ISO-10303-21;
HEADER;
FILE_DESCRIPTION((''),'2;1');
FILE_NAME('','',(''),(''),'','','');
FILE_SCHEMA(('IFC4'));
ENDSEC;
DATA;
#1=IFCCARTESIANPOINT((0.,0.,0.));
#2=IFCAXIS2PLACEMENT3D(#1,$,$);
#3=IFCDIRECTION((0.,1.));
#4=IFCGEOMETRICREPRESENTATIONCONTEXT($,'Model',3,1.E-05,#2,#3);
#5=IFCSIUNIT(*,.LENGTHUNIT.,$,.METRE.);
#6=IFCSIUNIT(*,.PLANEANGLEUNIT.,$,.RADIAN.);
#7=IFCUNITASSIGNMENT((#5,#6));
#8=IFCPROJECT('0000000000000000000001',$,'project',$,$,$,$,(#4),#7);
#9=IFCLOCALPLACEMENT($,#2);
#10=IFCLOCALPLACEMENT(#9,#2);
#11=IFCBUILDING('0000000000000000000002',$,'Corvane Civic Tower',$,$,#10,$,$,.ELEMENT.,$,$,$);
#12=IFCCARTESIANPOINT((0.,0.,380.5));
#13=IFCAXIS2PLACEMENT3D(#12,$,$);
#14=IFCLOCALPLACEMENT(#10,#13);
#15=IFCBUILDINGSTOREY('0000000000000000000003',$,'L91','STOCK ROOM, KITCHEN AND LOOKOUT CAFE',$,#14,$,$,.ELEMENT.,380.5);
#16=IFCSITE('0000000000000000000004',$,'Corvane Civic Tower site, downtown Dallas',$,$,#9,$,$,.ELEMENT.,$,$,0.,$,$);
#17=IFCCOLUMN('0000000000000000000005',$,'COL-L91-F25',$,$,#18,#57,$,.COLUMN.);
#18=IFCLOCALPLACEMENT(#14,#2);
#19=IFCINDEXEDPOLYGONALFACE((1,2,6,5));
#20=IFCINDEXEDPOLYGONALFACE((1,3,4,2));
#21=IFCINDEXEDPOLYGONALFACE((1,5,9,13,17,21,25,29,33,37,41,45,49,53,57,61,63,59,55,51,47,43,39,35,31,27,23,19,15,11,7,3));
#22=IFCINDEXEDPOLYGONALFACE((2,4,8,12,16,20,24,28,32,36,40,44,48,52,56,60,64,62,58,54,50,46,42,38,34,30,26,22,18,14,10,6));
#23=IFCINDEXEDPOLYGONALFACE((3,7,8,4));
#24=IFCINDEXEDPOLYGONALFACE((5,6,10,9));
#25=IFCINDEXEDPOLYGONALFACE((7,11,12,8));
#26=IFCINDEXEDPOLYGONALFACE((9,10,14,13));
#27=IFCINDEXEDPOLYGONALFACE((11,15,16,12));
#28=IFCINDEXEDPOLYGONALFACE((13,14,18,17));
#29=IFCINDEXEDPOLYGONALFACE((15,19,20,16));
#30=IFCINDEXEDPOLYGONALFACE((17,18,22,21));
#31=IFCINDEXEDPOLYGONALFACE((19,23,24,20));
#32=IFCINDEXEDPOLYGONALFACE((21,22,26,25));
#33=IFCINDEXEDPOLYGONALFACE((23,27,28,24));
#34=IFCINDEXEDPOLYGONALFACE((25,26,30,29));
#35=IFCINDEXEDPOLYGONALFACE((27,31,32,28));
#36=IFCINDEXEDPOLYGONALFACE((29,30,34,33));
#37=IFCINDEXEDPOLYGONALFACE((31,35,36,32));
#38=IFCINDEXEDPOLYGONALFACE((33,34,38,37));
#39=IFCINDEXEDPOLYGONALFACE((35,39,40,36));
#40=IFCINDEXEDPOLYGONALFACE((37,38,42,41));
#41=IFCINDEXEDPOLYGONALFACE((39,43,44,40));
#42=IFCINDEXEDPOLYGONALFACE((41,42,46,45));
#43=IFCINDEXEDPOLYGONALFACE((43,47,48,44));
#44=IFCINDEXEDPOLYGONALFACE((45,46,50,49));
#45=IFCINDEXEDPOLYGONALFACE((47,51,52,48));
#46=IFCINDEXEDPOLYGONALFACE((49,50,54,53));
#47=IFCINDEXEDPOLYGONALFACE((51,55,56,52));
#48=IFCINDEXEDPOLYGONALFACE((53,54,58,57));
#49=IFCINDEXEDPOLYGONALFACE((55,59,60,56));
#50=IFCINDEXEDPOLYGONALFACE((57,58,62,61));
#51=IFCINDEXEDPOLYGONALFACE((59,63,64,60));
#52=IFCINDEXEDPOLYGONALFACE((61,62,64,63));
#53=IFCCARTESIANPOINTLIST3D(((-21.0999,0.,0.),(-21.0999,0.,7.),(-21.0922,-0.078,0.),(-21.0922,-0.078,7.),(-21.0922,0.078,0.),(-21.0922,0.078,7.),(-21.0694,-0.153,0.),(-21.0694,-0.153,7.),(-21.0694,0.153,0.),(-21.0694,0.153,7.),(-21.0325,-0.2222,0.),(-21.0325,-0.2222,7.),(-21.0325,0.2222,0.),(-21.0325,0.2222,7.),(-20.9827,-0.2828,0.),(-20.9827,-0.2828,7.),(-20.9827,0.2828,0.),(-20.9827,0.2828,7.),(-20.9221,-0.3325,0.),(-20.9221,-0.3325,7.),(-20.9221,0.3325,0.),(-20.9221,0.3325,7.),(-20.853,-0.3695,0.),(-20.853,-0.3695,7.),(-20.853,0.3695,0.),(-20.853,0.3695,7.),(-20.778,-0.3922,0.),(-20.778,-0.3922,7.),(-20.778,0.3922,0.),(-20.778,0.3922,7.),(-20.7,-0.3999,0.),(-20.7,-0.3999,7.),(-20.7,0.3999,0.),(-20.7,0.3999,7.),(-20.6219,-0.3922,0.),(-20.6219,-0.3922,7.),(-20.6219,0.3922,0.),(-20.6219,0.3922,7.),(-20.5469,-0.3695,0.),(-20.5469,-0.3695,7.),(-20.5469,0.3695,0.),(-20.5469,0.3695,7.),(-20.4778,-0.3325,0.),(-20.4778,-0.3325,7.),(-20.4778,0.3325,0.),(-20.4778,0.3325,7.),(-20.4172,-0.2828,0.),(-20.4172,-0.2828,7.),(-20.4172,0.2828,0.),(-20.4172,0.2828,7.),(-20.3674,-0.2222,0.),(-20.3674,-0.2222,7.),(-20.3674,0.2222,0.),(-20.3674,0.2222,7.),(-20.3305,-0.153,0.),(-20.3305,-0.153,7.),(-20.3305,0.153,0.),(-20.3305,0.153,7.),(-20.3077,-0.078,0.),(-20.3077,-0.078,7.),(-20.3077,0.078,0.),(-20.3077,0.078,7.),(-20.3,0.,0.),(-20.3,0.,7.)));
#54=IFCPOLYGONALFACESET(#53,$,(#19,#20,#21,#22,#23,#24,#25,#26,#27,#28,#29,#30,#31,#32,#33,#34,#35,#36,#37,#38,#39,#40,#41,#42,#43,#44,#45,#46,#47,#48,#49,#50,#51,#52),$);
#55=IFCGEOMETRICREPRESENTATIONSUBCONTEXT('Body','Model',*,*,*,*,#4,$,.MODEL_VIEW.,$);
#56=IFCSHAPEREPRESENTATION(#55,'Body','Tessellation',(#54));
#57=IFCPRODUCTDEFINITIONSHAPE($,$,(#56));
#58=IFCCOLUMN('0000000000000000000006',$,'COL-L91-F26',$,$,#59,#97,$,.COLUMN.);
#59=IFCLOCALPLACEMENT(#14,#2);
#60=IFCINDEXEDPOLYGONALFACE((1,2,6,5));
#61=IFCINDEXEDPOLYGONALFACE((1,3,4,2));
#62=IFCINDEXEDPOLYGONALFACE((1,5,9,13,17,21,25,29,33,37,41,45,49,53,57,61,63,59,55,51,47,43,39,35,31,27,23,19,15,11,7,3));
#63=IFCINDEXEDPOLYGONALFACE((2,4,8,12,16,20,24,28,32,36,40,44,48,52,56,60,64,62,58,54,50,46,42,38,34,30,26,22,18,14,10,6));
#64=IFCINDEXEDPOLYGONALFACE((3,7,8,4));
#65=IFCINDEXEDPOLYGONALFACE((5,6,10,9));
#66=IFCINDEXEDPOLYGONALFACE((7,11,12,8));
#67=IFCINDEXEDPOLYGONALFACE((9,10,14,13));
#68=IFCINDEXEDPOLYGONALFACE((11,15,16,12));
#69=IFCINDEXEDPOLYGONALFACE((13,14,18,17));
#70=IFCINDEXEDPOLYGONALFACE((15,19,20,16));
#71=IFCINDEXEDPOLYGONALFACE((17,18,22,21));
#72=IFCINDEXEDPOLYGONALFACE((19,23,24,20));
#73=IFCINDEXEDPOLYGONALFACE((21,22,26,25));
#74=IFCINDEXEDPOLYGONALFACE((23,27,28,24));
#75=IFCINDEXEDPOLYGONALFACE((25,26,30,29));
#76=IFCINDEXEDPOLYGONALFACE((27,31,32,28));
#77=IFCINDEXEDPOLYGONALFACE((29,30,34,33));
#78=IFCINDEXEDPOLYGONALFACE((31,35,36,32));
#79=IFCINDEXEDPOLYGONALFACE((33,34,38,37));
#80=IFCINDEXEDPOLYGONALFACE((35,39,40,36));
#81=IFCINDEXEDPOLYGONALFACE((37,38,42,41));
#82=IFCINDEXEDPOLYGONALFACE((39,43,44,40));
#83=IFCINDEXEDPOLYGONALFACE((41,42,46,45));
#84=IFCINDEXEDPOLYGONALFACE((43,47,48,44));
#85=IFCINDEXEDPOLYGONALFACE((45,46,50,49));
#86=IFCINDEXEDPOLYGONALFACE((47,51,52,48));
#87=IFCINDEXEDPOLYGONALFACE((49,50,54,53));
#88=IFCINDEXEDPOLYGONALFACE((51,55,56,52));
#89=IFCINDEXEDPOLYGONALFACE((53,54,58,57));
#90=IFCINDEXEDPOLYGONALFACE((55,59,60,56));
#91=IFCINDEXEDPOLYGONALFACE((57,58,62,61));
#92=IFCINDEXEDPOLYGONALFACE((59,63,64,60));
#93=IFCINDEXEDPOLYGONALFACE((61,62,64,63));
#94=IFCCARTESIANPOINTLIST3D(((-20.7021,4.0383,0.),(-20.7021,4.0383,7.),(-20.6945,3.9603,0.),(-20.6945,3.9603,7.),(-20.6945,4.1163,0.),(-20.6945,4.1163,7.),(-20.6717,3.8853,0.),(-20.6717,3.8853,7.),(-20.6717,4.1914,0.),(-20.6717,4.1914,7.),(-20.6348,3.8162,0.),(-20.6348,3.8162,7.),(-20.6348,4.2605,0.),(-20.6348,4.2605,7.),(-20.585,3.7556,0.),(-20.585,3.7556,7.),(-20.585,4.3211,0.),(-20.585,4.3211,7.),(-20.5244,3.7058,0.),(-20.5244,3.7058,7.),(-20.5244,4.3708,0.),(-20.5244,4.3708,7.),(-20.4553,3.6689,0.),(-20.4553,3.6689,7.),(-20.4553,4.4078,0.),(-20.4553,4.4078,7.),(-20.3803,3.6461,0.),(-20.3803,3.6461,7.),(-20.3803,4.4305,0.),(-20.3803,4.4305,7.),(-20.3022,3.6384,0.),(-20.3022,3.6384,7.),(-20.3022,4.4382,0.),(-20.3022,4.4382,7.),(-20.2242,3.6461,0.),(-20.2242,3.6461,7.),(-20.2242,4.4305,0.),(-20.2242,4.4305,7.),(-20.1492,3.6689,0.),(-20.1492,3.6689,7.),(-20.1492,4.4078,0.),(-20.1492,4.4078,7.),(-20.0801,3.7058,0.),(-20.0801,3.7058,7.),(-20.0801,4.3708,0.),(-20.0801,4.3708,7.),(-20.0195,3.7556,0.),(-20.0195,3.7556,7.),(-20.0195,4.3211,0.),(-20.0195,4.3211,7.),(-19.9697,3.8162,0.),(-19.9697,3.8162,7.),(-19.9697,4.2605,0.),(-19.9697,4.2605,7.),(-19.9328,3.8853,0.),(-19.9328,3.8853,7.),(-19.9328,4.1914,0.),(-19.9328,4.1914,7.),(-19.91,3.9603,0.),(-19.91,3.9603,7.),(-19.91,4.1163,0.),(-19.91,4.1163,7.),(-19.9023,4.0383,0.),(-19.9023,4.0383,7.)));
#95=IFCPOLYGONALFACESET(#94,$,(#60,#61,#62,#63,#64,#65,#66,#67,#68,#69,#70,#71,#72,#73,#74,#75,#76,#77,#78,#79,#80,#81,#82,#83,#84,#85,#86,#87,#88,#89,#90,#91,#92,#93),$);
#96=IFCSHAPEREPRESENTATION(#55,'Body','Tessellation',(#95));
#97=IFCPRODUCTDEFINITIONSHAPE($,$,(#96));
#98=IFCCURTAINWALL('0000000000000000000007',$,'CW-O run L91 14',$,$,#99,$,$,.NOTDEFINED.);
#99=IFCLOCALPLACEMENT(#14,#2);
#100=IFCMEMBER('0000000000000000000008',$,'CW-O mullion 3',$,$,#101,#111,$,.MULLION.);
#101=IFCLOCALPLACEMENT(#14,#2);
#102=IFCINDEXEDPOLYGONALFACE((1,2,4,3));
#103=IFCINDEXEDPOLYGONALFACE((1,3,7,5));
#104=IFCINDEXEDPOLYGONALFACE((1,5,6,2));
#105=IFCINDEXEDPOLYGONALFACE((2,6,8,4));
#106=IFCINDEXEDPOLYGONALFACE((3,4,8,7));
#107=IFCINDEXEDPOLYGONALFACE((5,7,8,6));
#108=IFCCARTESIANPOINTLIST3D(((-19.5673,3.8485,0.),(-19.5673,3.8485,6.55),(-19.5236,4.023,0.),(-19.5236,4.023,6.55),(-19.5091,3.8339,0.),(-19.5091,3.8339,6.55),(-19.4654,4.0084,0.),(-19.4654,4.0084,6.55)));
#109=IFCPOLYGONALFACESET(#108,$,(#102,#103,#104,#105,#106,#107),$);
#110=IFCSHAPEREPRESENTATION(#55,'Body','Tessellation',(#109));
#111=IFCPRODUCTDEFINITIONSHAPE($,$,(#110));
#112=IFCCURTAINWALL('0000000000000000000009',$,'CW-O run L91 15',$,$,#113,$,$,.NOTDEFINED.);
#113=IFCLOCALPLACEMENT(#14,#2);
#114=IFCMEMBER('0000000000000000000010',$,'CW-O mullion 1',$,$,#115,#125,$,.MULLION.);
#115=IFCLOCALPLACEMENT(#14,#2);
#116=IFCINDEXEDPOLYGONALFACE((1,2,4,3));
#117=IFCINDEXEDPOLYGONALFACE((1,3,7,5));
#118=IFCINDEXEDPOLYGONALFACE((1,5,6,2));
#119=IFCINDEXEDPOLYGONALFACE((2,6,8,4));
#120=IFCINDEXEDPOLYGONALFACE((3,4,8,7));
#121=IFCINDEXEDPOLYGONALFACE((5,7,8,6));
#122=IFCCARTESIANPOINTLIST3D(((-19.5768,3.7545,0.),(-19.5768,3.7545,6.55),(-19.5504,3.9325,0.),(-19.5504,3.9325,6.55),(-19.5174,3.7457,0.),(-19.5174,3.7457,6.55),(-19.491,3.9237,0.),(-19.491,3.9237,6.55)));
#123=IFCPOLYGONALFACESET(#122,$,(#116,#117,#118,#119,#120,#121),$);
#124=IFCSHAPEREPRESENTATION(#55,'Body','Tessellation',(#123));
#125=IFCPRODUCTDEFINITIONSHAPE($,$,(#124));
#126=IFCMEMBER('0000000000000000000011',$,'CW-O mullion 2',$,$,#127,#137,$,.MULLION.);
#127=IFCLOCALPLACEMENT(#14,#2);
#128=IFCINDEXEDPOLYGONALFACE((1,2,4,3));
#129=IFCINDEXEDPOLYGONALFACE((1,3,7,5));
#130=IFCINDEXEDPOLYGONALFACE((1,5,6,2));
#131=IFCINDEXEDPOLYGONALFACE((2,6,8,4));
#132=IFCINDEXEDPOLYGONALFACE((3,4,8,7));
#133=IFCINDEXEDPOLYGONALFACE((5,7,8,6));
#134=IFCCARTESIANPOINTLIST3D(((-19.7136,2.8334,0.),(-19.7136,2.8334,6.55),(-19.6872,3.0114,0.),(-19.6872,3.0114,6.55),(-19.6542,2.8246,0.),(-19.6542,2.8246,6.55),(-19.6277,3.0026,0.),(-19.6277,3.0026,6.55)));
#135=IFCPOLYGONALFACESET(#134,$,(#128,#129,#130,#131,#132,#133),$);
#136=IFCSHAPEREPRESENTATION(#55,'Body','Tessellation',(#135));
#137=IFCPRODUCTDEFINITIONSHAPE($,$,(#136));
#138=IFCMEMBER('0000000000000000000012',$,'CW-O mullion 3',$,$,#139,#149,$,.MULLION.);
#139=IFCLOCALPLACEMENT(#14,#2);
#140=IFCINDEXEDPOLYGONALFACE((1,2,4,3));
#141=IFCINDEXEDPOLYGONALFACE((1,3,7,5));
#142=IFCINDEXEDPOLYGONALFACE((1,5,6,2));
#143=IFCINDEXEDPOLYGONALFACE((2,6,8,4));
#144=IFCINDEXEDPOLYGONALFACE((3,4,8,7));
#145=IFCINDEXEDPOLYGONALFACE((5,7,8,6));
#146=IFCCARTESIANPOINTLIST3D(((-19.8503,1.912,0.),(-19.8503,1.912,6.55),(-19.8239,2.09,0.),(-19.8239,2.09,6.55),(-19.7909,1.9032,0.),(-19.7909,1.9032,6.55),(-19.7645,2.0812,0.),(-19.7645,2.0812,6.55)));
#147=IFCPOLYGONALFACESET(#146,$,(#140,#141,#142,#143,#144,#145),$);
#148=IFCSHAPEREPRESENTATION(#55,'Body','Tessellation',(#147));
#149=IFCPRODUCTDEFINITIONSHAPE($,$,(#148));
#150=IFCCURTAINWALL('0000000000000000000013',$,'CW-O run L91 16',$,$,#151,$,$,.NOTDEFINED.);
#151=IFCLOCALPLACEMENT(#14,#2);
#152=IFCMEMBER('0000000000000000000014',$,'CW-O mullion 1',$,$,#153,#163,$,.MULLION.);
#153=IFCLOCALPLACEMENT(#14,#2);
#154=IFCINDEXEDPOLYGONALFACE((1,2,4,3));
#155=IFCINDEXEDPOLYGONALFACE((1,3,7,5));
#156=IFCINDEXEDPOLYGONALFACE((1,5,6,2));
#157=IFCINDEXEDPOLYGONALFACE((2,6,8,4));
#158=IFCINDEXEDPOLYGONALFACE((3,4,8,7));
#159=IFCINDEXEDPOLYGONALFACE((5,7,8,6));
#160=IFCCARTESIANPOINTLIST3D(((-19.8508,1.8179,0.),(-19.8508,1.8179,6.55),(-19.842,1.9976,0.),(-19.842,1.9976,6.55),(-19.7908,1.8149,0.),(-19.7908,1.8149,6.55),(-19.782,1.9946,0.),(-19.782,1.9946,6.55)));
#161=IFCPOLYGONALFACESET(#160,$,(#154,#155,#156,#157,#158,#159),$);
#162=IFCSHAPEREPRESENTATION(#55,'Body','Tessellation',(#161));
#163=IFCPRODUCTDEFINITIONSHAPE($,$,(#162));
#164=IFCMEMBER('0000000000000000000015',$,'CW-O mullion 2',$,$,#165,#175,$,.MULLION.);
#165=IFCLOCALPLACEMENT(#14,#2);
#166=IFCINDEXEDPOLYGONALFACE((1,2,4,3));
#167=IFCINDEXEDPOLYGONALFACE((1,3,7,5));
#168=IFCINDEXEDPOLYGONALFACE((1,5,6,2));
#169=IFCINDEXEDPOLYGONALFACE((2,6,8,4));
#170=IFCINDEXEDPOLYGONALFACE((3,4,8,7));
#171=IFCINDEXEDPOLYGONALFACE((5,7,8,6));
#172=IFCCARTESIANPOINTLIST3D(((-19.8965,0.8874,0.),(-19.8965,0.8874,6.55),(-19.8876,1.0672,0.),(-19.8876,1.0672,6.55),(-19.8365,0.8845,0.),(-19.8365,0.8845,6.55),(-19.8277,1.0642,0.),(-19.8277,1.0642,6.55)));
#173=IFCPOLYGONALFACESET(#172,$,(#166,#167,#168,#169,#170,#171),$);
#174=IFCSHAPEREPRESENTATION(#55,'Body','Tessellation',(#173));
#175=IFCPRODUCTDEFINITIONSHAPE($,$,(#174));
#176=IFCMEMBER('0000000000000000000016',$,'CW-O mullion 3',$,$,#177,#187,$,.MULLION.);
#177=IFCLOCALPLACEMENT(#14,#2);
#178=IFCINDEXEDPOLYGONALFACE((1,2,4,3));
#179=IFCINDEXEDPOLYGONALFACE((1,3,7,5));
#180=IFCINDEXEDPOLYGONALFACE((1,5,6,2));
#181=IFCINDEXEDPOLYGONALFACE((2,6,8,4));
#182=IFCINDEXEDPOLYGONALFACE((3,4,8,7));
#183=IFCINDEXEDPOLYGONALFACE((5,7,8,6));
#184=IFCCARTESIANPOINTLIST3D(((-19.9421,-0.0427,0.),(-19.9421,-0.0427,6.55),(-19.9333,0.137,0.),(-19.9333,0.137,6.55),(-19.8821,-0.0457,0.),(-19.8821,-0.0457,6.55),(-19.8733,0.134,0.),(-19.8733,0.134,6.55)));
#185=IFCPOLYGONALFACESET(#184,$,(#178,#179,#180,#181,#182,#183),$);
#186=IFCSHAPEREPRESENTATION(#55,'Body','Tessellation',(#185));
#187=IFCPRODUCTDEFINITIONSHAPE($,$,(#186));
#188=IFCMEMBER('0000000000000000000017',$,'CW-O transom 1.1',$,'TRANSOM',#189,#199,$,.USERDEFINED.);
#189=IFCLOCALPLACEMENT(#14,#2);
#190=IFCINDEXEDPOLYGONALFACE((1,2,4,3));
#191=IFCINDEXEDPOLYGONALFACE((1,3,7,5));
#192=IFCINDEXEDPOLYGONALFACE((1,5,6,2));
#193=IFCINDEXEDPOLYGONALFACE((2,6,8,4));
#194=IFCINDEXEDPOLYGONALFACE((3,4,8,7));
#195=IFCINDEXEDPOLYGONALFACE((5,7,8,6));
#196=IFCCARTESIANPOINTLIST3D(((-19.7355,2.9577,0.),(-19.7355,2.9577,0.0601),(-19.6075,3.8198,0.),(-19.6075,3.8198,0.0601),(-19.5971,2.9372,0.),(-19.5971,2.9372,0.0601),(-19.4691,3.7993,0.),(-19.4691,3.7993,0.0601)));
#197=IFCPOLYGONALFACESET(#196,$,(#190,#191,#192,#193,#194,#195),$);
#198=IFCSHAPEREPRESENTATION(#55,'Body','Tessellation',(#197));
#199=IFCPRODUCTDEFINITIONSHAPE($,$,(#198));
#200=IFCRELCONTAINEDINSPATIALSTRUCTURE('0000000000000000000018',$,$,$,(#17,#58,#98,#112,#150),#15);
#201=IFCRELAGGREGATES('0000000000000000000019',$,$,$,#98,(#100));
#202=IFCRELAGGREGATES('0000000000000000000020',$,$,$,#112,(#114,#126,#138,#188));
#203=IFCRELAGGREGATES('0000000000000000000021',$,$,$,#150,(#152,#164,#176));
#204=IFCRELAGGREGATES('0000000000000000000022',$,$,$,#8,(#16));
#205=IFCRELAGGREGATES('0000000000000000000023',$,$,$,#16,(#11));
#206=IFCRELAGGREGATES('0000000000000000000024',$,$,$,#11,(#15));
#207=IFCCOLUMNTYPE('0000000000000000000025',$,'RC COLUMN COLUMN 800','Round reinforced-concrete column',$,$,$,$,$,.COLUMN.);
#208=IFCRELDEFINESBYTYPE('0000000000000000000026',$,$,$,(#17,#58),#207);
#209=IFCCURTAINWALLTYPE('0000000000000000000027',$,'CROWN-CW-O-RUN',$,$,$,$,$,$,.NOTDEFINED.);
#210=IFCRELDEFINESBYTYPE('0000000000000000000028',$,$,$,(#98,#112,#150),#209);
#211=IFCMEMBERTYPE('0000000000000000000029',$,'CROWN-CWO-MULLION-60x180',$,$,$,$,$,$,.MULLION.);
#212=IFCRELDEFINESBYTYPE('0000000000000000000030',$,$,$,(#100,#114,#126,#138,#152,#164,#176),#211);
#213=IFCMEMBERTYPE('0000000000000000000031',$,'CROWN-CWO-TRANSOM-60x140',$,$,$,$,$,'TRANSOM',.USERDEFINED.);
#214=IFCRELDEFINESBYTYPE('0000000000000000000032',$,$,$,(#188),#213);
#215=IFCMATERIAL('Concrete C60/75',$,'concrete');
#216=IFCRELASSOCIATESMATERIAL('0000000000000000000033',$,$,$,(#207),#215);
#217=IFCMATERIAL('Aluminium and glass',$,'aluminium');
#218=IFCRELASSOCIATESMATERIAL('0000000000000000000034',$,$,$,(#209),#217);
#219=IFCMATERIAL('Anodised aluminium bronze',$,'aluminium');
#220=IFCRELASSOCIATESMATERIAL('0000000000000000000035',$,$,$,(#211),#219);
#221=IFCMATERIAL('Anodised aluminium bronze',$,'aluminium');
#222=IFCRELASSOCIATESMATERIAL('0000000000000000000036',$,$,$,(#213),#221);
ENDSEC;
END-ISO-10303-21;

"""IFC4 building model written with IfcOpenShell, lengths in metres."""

from ifc_helpers import new_model, si_unit, direction, frame, origin, origin_2d, place, context, subcontext, project, spatial, rectangle, circle, extrude, material, material_profile, profile_set, type_object, element, aggregate, save


model = new_model("IFC4")

# Units and contexts
model_context = context("Model", 3, precision=1e-05, world=origin(), true_north=direction((0.0, 1.0)))
body_context = subcontext(model_context, "Body", "Model", "MODEL_VIEW")
ifc_project = project(units=[si_unit("LENGTHUNIT", "METRE"), si_unit("PLANEANGLEUNIT", "RADIAN")], contexts=[model_context])

# Site, building, storey
site_placement = place(None, origin())
site = spatial("IfcSite", under=ifc_project, at=site_placement, Name="Corvane Civic Tower site, downtown Dallas", CompositionType="ELEMENT", RefElevation=0.0)
building_placement = place(site_placement, origin())
building = spatial("IfcBuilding", under=site, at=building_placement, Name="Corvane Civic Tower", CompositionType="ELEMENT")
storey_placement = place(building_placement, frame((0.0, 0.0, 380.5)))
storey = spatial("IfcBuildingStorey", under=building, at=storey_placement, Name="L91", Description="STOCK ROOM, KITCHEN AND LOOKOUT CAFE", CompositionType="ELEMENT", Elevation=380.5)

# Columns
ifc_material_1 = material(Name="Concrete C60/75", Category="concrete")
ifc_material_profile_1 = material_profile(ifc_material_1, circle(Radius=0.3999, at=origin_2d()), Name="COLUMN 800")
ifc_profile_set_1 = profile_set([ifc_material_profile_1], Name="Concrete C60/75")
column_type = type_object("IfcColumnType", Name="RC COLUMN COLUMN 800", Description="Round reinforced-concrete column", PredefinedType="COLUMN", material=ifc_profile_set_1)
for number, where, z_axis, x_axis, name in (
    (1, (-20.7, 0.0, 0.0), (0.0, 0.0, 1.0), (1.0, 0.0, 0.0), "COL-L91-F25"),
    (2, (-20.3022, 4.0383, 0.0), (0.0, 0.0, 1.0), (1.0, 0.0, 0.0), "COL-L91-F26"),
):
    element("IfcColumn", number, at=place(storey_placement, frame(where, z_axis=z_axis, x_axis=x_axis)), inside=storey, type_object=column_type, Name=name, PredefinedType="COLUMN", context=body_context, shape_type="SweptSolid", body=[
        extrude(circle(Radius=0.3999, at=origin_2d()), origin(), (0.0, 0.0, 1.0), 7.0),
    ])

# Curtain wall, member
ifc_material_2 = material(Name="Aluminium and glass", Category="aluminium")
curtain_wall_type = type_object("IfcCurtainWallType", Name="CROWN-CW-O-RUN", PredefinedType="NOTDEFINED", material=ifc_material_2)
curtain_wall_1_placement = place(storey_placement, origin())
curtain_wall_1 = element("IfcCurtainWall", 3, at=curtain_wall_1_placement, inside=storey, type_object=curtain_wall_type, Name="CW-O run L91 14", PredefinedType="NOTDEFINED")
ifc_material_3 = material(Name="Anodised aluminium bronze", Category="aluminium")
ifc_material_profile_2 = material_profile(ifc_material_3, rectangle(XDim=0.0601, YDim=0.1799, at=origin_2d()), Name="AL 60x180")
ifc_profile_set_2 = profile_set([ifc_material_profile_2], Name="Anodised aluminium bronze")
member_type_1 = type_object("IfcMemberType", Name="CROWN-CWO-MULLION-60x180", PredefinedType="MULLION", material=ifc_profile_set_2)
member_1_placement = place(storey_placement, frame((-19.5164, 3.9285, 0.0), z_axis=(0.0, 0.0, 1.0), x_axis=(0.970038, -0.242952, 0.0)))
member_1 = element("IfcMember", 4, at=member_1_placement, type_object=member_type_1, Name="CW-O mullion 3", PredefinedType="MULLION", context=body_context, shape_type="SweptSolid", body=[
    extrude(rectangle(XDim=0.0601, YDim=0.1799, at=origin_2d()), origin(), (0.0, 0.0, 1.0), 6.55),
])
aggregate(curtain_wall_1, [member_1])

# Curtain walls, members
curtain_wall_2_placement = place(storey_placement, origin())
curtain_wall_2 = element("IfcCurtainWall", 5, at=curtain_wall_2_placement, inside=storey, type_object=curtain_wall_type, Name="CW-O run L91 15", PredefinedType="NOTDEFINED")
member_2_placement = place(storey_placement, frame((-19.5339, 3.8391, 0.0), z_axis=(0.0, 0.0, 1.0), x_axis=(0.98917, -0.146771, 0.0)))
member_2 = element("IfcMember", 6, at=member_2_placement, type_object=member_type_1, Name="CW-O mullion 1", PredefinedType="MULLION", context=body_context, shape_type="SweptSolid", body=[
    extrude(rectangle(XDim=0.0601, YDim=0.1799, at=origin_2d()), origin(), (0.0, 0.0, 1.0), 6.55),
])
member_3_placement = place(storey_placement, frame((-19.6707, 2.918, 0.0), z_axis=(0.0, 0.0, 1.0), x_axis=(0.98917, -0.146771, 0.0)))
member_3 = element("IfcMember", 7, at=member_3_placement, type_object=member_type_1, Name="CW-O mullion 2", PredefinedType="MULLION", context=body_context, shape_type="SweptSolid", body=[
    extrude(rectangle(XDim=0.0601, YDim=0.1799, at=origin_2d()), origin(), (0.0, 0.0, 1.0), 6.55),
])
member_4_placement = place(storey_placement, frame((-19.8074, 1.9966, 0.0), z_axis=(0.0, 0.0, 1.0), x_axis=(0.98917, -0.146771, 0.0)))
member_4 = element("IfcMember", 8, at=member_4_placement, type_object=member_type_1, Name="CW-O mullion 3", PredefinedType="MULLION", context=body_context, shape_type="SweptSolid", body=[
    extrude(rectangle(XDim=0.0601, YDim=0.1799, at=origin_2d()), origin(), (0.0, 0.0, 1.0), 6.55),
])
curtain_wall_3_placement = place(storey_placement, origin())
curtain_wall_3 = element("IfcCurtainWall", 9, at=curtain_wall_3_placement, inside=storey, type_object=curtain_wall_type, Name="CW-O run L91 16", PredefinedType="NOTDEFINED")
member_5_placement = place(storey_placement, frame((-19.8164, 1.9062, 0.0), z_axis=(0.0, 0.0, 1.0), x_axis=(0.998799, -0.048991, 0.0)))
member_5 = element("IfcMember", 10, at=member_5_placement, type_object=member_type_1, Name="CW-O mullion 1", PredefinedType="MULLION", context=body_context, shape_type="SweptSolid", body=[
    extrude(rectangle(XDim=0.0601, YDim=0.1799, at=origin_2d()), origin(), (0.0, 0.0, 1.0), 6.55),
])
member_6_placement = place(storey_placement, frame((-19.8621, 0.9758, 0.0), z_axis=(0.0, 0.0, 1.0), x_axis=(0.998799, -0.048991, 0.0)))
member_6 = element("IfcMember", 11, at=member_6_placement, type_object=member_type_1, Name="CW-O mullion 2", PredefinedType="MULLION", context=body_context, shape_type="SweptSolid", body=[
    extrude(rectangle(XDim=0.0601, YDim=0.1799, at=origin_2d()), origin(), (0.0, 0.0, 1.0), 6.55),
])
member_7_placement = place(storey_placement, frame((-19.9077, 0.0457, 0.0), z_axis=(0.0, 0.0, 1.0), x_axis=(0.998799, -0.048991, 0.0)))
member_7 = element("IfcMember", 12, at=member_7_placement, type_object=member_type_1, Name="CW-O mullion 3", PredefinedType="MULLION", context=body_context, shape_type="SweptSolid", body=[
    extrude(rectangle(XDim=0.0601, YDim=0.1799, at=origin_2d()), origin(), (0.0, 0.0, 1.0), 6.55),
])

# Member
ifc_material_4 = material(Name="Anodised aluminium bronze", Category="aluminium")
ifc_material_profile_3 = material_profile(ifc_material_4, rectangle(XDim=0.1399, YDim=0.0601, at=origin_2d()), Name="AL 140x60")
ifc_profile_set_3 = profile_set([ifc_material_profile_3], Name="Anodised aluminium bronze")
member_type_2 = type_object("IfcMemberType", Name="CROWN-CWO-TRANSOM-60x140", ElementType="TRANSOM", PredefinedType="USERDEFINED", material=ifc_profile_set_3)
member_8_placement = place(storey_placement, frame((-19.5383, 3.8096, 0.03), z_axis=(-0.146792, -0.989167, 0.0), x_axis=(0.989167, -0.146792, 0.0)))
member_8 = element("IfcMember", 13, at=member_8_placement, type_object=member_type_2, Name="CW-O transom 1.1", ObjectType="TRANSOM", PredefinedType="USERDEFINED", context=body_context, shape_type="SweptSolid", body=[
    extrude(rectangle(XDim=0.1399, YDim=0.0601, at=origin_2d()), origin(), (0.0, 0.0, 1.0), 0.8716),
])

aggregate(curtain_wall_2, [member_2, member_3, member_4, member_8])
aggregate(curtain_wall_3, [member_5, member_6, member_7])

save(model, "model.ifc")
